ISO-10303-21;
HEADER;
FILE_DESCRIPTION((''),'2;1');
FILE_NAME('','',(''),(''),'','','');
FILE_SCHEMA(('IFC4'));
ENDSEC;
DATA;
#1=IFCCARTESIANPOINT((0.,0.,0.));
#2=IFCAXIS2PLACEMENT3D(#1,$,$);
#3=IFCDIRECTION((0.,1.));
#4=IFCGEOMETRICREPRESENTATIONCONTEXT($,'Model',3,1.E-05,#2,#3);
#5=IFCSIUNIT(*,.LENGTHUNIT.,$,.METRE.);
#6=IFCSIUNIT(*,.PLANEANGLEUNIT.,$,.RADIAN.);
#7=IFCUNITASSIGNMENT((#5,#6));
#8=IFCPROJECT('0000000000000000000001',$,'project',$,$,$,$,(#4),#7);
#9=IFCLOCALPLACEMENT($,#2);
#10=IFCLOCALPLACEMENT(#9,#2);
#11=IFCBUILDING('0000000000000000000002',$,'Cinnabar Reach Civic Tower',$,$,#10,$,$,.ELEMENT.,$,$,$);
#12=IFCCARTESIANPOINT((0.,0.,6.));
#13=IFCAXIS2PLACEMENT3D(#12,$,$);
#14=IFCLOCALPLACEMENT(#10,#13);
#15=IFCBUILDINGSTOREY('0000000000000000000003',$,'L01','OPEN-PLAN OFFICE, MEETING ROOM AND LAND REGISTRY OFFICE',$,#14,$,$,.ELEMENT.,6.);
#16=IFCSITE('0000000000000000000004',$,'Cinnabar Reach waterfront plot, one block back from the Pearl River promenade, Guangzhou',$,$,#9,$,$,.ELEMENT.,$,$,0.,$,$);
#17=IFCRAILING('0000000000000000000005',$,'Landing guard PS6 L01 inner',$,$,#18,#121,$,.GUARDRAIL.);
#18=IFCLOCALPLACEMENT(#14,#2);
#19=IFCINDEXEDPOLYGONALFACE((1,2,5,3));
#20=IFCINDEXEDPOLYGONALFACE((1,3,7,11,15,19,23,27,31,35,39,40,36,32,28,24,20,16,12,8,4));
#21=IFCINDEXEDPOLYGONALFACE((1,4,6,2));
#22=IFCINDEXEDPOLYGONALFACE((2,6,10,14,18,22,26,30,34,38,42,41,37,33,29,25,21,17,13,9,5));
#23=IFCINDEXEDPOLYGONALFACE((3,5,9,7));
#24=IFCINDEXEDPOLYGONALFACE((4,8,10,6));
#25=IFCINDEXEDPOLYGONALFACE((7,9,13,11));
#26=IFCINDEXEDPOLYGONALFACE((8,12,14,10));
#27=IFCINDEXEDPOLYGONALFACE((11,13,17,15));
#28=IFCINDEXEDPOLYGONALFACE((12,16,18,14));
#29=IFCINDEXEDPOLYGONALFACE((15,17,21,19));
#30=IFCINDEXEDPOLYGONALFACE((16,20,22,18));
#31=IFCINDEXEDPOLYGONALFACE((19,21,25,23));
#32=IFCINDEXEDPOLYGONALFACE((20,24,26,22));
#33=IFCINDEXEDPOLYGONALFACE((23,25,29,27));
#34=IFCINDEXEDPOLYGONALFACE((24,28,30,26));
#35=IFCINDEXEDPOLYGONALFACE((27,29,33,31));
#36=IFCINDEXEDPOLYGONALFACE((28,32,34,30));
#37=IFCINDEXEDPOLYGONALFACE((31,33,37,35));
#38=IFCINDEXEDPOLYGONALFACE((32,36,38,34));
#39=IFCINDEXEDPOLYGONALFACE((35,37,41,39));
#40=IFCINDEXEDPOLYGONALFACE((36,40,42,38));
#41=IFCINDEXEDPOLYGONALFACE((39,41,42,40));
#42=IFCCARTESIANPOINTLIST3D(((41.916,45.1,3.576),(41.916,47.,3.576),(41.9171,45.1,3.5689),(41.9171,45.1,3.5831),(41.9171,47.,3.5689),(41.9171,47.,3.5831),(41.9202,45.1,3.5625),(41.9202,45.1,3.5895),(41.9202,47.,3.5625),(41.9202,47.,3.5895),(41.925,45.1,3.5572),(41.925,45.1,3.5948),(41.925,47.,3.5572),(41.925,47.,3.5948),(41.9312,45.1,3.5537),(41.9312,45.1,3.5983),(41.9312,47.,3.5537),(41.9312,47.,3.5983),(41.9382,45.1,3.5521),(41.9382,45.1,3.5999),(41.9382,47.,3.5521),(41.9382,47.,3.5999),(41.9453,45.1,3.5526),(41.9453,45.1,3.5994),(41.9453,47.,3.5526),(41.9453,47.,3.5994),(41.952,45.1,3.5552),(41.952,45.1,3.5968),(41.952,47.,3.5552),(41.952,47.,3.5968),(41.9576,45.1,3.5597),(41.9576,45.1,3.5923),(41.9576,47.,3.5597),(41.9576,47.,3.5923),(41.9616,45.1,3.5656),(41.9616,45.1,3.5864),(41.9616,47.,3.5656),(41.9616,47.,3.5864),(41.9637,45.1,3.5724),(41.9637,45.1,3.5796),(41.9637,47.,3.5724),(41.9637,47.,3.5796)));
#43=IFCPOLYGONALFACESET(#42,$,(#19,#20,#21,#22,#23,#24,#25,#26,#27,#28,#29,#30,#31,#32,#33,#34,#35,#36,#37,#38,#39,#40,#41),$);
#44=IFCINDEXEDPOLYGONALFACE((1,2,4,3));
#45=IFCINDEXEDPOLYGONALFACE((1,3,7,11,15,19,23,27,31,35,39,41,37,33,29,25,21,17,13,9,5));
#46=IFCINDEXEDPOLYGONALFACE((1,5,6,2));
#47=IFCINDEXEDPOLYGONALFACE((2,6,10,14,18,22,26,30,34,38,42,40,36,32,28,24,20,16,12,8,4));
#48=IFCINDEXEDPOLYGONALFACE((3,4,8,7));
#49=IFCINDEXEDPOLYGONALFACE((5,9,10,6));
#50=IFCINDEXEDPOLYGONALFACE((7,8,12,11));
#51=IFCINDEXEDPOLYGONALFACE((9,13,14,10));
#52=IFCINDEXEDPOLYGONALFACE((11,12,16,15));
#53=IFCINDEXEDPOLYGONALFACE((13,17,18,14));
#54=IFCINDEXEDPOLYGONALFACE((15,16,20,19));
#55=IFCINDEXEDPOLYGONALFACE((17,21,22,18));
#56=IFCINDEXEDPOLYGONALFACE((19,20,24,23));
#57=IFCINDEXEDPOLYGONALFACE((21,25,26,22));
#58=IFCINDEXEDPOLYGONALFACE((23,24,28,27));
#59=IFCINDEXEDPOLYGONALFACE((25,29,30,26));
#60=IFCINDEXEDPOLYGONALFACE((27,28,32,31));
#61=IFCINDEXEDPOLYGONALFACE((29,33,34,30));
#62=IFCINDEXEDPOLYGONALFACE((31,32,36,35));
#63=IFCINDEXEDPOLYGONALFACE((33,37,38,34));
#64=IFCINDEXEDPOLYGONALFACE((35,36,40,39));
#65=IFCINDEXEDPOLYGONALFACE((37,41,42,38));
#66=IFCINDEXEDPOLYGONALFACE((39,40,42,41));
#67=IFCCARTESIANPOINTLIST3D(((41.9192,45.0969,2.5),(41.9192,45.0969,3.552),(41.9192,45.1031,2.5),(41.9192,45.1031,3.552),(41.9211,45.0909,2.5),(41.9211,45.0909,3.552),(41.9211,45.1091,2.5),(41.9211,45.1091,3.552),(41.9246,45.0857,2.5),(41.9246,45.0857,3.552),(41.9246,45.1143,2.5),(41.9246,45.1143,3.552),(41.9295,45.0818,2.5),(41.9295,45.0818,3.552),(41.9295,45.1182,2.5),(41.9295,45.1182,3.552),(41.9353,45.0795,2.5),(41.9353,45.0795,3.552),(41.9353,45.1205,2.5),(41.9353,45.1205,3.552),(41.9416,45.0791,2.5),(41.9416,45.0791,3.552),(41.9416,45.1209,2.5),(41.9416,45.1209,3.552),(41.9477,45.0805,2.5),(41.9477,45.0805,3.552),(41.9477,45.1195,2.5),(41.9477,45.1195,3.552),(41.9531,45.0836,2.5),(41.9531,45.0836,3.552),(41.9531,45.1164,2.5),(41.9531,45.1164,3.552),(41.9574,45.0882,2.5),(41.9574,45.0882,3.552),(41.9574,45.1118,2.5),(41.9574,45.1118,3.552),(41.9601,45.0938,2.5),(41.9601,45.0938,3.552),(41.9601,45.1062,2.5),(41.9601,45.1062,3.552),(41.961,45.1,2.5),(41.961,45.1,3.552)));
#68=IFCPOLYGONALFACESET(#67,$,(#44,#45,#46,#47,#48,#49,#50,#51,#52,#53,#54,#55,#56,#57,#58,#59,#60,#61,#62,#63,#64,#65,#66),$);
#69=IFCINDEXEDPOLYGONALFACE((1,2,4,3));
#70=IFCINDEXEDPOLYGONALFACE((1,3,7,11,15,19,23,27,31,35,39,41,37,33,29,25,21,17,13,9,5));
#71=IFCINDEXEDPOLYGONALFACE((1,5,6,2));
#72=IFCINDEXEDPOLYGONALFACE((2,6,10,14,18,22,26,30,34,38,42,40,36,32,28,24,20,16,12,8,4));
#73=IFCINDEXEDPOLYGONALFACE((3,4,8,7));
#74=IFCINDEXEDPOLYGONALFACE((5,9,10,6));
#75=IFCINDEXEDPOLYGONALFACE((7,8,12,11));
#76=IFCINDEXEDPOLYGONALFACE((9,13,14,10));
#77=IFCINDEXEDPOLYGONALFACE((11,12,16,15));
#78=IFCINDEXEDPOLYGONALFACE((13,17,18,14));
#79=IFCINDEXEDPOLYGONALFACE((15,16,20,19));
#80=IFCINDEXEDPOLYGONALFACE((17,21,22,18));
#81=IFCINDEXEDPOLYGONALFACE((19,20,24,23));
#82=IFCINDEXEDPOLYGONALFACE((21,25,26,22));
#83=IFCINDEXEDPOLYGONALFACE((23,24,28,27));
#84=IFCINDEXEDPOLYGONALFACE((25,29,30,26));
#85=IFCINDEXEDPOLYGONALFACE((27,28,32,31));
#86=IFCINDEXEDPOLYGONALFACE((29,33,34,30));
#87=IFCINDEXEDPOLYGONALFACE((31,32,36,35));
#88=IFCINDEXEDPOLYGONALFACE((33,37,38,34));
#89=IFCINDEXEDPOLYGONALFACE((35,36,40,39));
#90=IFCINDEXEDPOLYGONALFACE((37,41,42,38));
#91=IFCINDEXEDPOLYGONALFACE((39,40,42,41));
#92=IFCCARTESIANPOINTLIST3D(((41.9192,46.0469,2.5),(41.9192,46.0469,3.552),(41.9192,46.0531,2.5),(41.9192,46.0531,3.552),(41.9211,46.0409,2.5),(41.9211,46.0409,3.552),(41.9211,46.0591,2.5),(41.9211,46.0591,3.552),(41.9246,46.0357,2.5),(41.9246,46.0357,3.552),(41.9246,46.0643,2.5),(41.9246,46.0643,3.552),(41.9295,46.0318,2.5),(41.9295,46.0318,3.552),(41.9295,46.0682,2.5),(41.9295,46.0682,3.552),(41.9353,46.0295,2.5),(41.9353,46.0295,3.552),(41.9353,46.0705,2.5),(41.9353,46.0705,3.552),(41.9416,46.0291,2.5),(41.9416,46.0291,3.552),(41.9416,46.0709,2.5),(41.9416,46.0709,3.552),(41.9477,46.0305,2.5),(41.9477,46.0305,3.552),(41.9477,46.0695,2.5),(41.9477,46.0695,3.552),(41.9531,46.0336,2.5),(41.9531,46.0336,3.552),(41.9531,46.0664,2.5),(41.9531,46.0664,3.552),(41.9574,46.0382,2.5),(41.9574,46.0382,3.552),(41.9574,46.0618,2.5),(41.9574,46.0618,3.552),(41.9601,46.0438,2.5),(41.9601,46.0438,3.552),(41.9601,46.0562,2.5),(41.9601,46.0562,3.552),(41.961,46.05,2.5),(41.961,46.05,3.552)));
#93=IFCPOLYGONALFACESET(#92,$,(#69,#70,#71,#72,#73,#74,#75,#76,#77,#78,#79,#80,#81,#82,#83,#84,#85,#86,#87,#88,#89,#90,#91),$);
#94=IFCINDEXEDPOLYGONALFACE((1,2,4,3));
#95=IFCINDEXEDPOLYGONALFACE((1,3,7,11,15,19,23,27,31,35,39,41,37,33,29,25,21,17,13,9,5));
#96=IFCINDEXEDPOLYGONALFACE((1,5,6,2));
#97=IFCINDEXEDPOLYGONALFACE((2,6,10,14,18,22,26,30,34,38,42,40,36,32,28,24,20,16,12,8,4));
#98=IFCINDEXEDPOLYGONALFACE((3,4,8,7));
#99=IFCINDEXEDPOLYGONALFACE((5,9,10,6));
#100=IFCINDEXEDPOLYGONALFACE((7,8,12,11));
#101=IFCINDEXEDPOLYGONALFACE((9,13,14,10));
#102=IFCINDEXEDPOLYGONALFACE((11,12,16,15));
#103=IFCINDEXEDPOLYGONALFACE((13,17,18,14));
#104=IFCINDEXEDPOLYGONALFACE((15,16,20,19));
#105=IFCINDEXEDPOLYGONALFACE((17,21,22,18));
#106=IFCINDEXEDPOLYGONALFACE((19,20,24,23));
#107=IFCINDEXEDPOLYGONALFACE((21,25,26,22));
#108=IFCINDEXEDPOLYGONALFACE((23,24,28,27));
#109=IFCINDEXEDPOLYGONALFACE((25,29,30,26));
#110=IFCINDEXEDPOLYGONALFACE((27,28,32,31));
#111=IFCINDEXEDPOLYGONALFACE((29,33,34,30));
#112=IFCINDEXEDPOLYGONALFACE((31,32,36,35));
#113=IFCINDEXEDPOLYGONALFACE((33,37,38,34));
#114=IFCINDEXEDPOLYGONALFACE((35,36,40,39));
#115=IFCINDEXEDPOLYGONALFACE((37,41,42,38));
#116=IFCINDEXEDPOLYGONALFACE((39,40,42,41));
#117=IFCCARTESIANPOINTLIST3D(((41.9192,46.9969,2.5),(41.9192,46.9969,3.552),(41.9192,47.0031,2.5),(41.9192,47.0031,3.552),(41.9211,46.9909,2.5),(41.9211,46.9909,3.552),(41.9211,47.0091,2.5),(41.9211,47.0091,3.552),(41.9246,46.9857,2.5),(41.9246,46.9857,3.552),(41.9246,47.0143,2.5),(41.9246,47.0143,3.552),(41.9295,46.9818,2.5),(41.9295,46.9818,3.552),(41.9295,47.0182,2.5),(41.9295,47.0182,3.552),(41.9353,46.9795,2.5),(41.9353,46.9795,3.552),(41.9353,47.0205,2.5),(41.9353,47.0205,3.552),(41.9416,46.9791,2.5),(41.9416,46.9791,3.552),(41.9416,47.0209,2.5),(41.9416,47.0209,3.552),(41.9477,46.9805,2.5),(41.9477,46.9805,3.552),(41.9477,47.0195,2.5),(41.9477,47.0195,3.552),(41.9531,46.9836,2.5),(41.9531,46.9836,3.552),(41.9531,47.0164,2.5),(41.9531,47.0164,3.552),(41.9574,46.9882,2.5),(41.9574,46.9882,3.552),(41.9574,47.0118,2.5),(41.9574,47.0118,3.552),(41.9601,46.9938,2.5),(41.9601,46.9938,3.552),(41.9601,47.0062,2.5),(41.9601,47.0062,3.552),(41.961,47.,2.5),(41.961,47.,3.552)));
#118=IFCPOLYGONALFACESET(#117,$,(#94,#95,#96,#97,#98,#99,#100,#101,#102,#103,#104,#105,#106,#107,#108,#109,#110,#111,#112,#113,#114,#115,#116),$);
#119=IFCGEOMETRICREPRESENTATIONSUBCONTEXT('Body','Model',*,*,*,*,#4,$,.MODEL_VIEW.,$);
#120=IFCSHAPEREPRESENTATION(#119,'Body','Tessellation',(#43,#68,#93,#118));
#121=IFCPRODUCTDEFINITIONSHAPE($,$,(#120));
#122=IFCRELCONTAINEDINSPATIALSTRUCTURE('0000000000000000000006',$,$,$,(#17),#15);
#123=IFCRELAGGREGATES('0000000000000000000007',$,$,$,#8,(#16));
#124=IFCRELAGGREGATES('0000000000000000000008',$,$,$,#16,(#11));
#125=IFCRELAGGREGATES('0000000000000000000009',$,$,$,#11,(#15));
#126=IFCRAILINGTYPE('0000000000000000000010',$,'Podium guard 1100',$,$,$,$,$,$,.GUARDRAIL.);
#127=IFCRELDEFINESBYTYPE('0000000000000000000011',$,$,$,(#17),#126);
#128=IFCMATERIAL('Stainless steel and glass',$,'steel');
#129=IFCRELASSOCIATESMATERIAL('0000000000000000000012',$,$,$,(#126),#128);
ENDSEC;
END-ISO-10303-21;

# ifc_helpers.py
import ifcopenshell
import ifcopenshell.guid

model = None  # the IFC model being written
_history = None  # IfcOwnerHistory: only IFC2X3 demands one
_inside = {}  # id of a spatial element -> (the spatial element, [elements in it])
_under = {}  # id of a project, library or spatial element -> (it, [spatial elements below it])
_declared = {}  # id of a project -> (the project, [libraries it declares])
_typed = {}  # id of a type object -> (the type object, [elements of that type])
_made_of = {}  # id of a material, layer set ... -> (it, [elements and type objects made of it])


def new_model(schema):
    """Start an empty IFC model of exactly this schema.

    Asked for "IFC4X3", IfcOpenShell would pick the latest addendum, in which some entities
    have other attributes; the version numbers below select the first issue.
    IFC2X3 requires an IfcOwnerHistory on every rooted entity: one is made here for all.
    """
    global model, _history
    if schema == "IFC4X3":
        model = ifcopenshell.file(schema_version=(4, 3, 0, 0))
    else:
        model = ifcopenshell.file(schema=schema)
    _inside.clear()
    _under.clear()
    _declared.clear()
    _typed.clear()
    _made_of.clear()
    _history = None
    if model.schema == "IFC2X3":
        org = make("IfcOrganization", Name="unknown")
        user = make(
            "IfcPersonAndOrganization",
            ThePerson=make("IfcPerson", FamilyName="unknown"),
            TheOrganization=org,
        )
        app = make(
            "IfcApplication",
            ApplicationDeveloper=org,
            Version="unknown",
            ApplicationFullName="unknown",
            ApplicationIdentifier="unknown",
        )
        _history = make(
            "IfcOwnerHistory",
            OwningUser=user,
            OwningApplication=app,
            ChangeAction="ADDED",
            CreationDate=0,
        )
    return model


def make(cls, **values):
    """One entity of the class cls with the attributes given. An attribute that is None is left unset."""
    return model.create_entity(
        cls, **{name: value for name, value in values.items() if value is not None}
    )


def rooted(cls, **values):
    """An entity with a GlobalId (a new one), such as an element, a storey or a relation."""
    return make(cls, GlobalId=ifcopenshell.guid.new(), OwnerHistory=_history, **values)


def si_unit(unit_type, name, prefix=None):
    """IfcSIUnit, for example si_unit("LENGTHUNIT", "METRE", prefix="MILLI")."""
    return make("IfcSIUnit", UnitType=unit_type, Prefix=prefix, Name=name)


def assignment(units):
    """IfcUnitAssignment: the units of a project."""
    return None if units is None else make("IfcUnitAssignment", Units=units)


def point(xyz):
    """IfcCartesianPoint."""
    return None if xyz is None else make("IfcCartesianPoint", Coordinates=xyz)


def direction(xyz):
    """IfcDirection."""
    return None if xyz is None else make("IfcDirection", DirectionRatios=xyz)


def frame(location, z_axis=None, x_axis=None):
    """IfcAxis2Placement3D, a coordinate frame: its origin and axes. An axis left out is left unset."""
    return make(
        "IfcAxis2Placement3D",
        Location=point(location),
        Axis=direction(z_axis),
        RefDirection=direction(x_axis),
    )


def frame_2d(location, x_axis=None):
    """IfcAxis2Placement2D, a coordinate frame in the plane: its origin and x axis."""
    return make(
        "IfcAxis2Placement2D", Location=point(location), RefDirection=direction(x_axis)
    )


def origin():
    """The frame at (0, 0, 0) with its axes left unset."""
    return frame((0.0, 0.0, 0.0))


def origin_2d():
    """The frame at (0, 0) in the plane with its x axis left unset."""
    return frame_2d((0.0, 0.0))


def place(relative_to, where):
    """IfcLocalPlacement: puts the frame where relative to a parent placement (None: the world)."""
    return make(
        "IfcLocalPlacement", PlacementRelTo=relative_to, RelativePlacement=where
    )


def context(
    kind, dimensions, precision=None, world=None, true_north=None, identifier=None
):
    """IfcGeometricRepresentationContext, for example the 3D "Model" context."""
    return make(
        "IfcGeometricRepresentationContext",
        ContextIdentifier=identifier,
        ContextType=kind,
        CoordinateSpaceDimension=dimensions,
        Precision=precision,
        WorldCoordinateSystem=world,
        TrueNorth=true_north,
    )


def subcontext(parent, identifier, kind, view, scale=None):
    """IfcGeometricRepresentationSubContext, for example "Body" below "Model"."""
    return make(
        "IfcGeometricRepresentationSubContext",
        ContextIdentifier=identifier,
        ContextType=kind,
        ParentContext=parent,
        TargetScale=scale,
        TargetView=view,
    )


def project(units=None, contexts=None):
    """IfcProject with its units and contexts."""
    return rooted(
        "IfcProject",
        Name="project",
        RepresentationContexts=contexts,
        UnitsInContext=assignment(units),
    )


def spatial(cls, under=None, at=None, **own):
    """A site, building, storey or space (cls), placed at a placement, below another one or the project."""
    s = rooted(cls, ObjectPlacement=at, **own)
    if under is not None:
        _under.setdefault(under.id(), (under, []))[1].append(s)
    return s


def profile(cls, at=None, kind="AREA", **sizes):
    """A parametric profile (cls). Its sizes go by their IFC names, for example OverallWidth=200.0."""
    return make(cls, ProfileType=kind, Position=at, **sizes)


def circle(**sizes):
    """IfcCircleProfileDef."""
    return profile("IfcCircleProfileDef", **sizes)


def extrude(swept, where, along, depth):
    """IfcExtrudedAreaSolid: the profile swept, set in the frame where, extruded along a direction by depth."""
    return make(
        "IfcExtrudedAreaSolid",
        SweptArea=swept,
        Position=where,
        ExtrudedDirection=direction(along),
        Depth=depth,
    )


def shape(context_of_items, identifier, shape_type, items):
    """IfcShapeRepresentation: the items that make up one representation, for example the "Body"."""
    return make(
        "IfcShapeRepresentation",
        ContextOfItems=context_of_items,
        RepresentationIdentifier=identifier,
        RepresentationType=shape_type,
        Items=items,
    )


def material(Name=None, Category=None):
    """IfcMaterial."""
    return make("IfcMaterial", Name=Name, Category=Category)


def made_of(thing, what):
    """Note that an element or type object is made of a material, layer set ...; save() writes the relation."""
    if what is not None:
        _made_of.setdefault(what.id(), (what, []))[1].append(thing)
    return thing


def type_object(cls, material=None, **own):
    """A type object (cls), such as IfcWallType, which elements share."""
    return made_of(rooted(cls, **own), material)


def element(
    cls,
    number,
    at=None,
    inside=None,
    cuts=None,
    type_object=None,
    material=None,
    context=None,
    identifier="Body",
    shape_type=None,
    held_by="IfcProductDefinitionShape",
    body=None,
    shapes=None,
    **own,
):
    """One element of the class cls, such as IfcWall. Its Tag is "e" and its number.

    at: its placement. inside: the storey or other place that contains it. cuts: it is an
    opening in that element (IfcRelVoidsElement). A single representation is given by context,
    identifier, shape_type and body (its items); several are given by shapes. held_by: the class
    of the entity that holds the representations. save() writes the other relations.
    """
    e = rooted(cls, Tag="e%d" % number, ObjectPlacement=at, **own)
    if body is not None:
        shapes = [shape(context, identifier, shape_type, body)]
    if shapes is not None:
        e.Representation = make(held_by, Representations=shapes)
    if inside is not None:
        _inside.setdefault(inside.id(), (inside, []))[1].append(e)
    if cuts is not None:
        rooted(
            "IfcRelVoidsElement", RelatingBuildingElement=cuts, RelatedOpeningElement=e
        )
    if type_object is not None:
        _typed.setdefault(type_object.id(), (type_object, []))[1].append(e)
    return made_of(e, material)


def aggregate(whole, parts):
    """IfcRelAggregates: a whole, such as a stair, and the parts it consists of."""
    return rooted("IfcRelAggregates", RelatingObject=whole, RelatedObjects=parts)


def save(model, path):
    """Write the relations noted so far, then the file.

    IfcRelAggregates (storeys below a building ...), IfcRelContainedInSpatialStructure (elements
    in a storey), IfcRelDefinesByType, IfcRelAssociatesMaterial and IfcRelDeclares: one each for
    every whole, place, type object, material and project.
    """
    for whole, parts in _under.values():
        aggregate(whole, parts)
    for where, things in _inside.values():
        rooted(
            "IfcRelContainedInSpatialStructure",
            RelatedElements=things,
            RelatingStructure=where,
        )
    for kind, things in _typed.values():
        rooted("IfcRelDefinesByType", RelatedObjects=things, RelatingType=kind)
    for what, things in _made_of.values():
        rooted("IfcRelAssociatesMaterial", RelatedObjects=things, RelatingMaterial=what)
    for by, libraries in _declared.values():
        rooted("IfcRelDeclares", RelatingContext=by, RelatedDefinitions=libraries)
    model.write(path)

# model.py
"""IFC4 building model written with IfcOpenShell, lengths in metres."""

from ifc_helpers import new_model, si_unit, direction, frame, origin, origin_2d, place, context, subcontext, project, spatial, circle, extrude, material, type_object, element, save


model = new_model("IFC4")

# Units and contexts
model_context = context("Model", 3, precision=1e-05, world=origin(), true_north=direction((0.0, 1.0)))
body_context = subcontext(model_context, "Body", "Model", "MODEL_VIEW")
ifc_project = project(units=[si_unit("LENGTHUNIT", "METRE"), si_unit("PLANEANGLEUNIT", "RADIAN")], contexts=[model_context])

# Site, building, storey
site_placement = place(None, origin())
site = spatial("IfcSite", under=ifc_project, at=site_placement, Name="Cinnabar Reach waterfront plot, one block back from the Pearl River promenade, Guangzhou", CompositionType="ELEMENT", RefElevation=0.0)
building_placement = place(site_placement, origin())
building = spatial("IfcBuilding", under=site, at=building_placement, Name="Cinnabar Reach Civic Tower", CompositionType="ELEMENT")
storey_placement = place(building_placement, frame((0.0, 0.0, 6.0)))
storey = spatial("IfcBuildingStorey", under=building, at=storey_placement, Name="L01", Description="OPEN-PLAN OFFICE, MEETING ROOM AND LAND REGISTRY OFFICE", CompositionType="ELEMENT", Elevation=6.0)

# Railing
ifc_material_1 = material(Name="Stainless steel and glass", Category="steel")
railing_type = type_object("IfcRailingType", Name="Podium guard 1100", PredefinedType="GUARDRAIL", material=ifc_material_1)
railing_1_placement = place(storey_placement, frame((41.94, 45.1, 2.5)))
element("IfcRailing", 1, at=railing_1_placement, inside=storey, type_object=railing_type, Name="Landing guard PS6 L01 inner", PredefinedType="GUARDRAIL", context=body_context, shape_type="SweptSolid", body=[
    extrude(circle(Radius=0.024, at=origin_2d()), frame((0.0, 0.0, 1.076), z_axis=(0.0, 1.0, 0.0), x_axis=(-1.0, 0.0, 0.0)), (0.0, 0.0, 1.0), 1.9),
    extrude(circle(Radius=0.021, at=origin_2d()), origin(), (0.0, 0.0, 1.0), 1.052),
    extrude(circle(Radius=0.021, at=origin_2d()), frame((0.0, 0.95, 0.0)), (0.0, 0.0, 1.0), 1.052),
    extrude(circle(Radius=0.021, at=origin_2d()), frame((0.0, 1.9, 0.0)), (0.0, 0.0, 1.0), 1.052),
])

save(model, "model.ifc")
